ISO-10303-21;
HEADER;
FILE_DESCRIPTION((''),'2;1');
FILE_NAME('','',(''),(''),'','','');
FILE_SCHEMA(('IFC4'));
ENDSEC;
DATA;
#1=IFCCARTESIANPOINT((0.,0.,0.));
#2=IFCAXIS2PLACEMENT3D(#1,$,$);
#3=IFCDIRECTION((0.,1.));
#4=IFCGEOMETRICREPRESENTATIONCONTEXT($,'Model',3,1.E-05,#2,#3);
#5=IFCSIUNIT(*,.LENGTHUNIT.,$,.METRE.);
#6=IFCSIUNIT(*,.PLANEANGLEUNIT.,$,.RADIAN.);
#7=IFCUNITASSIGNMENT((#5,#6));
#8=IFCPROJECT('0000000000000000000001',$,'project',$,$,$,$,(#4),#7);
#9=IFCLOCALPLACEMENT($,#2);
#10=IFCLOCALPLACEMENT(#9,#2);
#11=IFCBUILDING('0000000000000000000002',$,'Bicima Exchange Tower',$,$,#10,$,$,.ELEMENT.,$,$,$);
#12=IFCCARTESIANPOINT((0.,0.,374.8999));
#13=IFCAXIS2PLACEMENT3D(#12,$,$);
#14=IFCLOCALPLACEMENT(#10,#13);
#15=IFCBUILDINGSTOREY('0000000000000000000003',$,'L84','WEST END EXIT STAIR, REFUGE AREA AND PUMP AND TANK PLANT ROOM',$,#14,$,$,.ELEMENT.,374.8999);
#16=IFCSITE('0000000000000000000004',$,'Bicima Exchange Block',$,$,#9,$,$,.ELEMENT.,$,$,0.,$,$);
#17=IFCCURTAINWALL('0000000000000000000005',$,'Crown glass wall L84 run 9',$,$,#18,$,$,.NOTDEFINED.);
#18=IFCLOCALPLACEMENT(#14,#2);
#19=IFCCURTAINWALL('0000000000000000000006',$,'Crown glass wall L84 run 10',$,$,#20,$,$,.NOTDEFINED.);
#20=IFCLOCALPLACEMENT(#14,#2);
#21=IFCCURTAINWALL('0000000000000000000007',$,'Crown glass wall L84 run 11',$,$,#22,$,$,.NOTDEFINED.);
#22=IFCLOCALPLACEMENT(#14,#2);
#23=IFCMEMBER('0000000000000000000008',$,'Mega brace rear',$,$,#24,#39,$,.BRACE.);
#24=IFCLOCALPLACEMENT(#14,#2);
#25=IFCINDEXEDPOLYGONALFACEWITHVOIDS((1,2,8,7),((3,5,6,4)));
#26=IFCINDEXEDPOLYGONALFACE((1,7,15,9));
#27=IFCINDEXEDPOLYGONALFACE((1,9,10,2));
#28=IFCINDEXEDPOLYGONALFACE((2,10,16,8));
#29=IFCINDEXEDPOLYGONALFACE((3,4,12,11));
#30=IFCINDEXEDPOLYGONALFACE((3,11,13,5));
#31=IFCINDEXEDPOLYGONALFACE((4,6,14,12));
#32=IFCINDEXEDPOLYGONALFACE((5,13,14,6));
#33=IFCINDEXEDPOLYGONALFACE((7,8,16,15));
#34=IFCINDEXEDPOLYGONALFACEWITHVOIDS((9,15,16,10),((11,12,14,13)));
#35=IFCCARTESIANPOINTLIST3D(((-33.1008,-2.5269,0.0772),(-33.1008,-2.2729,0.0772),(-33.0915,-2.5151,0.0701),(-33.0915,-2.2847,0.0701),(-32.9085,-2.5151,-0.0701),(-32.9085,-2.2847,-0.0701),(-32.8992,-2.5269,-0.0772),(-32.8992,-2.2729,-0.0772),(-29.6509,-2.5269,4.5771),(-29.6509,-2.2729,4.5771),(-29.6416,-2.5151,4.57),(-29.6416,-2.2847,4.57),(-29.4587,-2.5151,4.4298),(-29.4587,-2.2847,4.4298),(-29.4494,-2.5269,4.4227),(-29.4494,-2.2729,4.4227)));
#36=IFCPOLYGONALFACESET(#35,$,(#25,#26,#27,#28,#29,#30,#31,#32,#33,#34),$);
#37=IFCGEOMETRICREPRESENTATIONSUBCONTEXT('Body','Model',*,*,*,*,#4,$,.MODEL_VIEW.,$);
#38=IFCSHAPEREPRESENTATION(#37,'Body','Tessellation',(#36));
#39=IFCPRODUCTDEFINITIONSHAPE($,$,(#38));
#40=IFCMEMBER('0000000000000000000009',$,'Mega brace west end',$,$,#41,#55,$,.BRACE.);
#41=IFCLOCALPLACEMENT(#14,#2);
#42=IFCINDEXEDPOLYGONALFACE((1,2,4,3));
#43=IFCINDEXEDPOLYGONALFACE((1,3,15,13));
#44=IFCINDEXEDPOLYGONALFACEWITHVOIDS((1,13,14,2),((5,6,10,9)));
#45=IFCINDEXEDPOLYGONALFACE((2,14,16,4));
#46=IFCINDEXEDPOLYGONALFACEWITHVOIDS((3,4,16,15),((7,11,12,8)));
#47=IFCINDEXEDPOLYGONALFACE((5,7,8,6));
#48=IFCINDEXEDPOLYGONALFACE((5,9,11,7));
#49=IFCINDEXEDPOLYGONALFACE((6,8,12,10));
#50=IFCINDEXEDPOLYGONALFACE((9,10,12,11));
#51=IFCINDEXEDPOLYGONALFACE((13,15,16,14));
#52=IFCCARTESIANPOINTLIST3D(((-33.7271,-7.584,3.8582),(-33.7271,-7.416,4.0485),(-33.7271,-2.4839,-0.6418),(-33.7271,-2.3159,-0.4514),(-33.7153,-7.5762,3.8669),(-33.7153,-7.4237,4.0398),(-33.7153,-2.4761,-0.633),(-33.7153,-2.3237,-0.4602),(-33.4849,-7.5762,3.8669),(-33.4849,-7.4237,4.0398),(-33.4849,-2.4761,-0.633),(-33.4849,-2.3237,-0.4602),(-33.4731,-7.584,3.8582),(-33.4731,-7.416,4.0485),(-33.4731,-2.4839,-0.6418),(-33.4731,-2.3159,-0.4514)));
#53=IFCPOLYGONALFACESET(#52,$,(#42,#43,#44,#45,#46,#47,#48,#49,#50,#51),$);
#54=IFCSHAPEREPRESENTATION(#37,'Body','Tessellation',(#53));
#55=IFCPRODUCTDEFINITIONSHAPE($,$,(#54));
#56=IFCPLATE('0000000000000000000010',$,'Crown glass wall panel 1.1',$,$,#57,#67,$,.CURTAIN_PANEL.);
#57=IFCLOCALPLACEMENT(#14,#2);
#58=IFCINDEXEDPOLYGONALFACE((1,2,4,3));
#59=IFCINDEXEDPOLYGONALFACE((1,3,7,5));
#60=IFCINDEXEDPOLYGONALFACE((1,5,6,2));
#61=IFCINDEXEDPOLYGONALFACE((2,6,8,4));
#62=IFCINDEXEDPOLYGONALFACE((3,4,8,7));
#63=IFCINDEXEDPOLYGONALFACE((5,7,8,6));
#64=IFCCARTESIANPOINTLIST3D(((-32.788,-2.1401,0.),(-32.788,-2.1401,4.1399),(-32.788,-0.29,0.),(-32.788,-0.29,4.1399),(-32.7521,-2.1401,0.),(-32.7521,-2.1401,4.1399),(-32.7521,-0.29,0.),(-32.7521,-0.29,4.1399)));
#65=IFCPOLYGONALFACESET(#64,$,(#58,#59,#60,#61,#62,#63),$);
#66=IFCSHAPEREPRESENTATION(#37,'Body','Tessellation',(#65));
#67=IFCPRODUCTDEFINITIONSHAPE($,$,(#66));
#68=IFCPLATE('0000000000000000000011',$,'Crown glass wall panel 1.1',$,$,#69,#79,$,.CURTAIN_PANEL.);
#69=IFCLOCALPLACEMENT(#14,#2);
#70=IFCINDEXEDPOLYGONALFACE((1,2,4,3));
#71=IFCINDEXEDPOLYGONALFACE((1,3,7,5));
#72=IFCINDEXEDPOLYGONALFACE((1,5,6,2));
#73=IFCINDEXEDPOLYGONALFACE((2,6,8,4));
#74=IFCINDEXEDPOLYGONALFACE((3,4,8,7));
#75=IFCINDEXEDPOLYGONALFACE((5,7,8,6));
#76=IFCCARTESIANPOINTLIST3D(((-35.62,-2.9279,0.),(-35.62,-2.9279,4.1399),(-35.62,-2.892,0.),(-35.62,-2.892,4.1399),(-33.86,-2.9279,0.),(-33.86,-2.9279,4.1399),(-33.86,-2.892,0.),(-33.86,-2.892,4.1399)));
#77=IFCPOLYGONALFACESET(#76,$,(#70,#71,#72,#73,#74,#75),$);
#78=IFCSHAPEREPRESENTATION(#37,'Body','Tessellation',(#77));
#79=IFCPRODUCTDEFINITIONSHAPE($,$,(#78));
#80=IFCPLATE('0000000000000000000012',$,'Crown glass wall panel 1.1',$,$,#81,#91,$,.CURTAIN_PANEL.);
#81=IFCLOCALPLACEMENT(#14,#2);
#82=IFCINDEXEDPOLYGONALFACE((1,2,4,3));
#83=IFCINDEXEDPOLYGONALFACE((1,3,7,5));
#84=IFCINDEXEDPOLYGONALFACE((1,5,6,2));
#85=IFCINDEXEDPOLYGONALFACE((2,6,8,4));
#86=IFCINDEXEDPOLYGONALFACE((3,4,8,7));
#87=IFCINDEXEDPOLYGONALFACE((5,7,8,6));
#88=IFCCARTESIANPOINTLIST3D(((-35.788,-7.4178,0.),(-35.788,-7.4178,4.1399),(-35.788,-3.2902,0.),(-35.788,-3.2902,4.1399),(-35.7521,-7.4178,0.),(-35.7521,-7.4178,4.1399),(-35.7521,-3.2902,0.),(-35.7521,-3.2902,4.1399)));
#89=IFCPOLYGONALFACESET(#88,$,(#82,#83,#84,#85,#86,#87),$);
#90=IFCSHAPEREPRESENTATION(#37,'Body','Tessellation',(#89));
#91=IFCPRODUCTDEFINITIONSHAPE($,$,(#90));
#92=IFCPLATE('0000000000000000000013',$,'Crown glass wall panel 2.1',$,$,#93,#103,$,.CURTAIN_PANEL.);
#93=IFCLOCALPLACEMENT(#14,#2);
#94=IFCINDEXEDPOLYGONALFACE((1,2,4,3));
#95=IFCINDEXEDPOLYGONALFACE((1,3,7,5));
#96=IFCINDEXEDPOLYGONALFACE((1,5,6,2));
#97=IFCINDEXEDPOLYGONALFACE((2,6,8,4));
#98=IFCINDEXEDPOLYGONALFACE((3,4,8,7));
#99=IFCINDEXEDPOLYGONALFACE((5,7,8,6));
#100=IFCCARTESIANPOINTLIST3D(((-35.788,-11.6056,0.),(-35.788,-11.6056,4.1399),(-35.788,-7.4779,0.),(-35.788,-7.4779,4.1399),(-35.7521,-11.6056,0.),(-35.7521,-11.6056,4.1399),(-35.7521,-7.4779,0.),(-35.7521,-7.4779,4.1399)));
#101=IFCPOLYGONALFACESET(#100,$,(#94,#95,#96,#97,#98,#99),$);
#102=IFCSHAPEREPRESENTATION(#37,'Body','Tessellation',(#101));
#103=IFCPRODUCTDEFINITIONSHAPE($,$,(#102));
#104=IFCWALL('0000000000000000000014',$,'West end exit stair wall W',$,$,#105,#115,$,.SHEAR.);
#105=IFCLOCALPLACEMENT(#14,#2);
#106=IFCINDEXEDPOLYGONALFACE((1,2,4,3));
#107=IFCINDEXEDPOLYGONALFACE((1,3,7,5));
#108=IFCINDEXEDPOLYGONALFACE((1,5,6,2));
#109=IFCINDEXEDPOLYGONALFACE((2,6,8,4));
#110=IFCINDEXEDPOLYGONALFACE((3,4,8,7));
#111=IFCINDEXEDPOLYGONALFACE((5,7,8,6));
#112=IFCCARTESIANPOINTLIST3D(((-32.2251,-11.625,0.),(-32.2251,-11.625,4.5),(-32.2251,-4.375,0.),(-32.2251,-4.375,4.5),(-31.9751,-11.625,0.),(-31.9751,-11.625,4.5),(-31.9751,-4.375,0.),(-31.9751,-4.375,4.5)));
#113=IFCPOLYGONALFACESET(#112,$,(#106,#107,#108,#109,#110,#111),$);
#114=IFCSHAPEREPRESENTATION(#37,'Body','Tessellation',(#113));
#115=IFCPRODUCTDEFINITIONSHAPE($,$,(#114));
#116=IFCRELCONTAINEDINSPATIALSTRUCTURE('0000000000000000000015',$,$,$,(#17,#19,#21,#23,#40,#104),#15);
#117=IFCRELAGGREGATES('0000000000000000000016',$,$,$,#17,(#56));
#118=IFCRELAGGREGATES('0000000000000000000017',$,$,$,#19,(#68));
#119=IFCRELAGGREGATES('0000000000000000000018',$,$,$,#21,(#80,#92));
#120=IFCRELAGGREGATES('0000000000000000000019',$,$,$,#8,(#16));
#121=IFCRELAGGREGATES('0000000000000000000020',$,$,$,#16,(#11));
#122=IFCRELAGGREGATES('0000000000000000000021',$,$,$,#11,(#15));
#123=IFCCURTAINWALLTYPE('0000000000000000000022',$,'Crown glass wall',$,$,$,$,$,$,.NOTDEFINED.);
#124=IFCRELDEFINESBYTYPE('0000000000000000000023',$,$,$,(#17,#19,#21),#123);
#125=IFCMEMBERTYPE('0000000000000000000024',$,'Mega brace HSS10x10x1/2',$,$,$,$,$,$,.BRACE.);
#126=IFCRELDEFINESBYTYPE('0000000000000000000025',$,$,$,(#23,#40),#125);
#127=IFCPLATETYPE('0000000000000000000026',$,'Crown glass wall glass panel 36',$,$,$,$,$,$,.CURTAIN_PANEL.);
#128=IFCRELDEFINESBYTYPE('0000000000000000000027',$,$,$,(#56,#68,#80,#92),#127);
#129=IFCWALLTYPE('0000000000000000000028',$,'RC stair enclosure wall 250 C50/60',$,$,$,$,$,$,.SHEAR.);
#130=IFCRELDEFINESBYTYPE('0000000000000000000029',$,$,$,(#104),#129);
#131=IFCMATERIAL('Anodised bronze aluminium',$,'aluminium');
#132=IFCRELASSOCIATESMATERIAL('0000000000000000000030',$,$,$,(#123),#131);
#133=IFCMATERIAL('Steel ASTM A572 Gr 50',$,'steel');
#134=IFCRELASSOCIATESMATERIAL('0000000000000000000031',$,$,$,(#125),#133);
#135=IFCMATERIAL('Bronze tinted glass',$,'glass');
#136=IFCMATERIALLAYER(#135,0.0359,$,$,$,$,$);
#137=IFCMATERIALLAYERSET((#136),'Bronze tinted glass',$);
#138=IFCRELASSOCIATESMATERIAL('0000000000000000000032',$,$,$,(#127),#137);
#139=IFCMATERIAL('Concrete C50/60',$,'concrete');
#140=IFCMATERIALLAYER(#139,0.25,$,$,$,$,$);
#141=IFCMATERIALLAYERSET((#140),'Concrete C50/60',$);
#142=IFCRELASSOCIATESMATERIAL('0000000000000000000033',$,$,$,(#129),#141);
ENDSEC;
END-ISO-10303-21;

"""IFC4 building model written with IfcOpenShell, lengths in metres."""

from ifc_helpers import new_model, si_unit, direction, frame, frame_2d, origin, origin_2d, place, context, subcontext, project, spatial, rectangle, hollow_rectangle, extrude, material, layer, layer_set, material_profile, profile_set, type_object, element, aggregate, save


model = new_model("IFC4")

# Units and contexts
model_context = context("Model", 3, precision=1e-05, world=origin(), true_north=direction((0.0, 1.0)))
body_context = subcontext(model_context, "Body", "Model", "MODEL_VIEW")
ifc_project = project(units=[si_unit("LENGTHUNIT", "METRE"), si_unit("PLANEANGLEUNIT", "RADIAN")], contexts=[model_context])

# Site, building, storey
site_placement = place(None, origin())
site = spatial("IfcSite", under=ifc_project, at=site_placement, Name="Bicima Exchange Block", CompositionType="ELEMENT", RefElevation=0.0)
building_placement = place(site_placement, origin())
building = spatial("IfcBuilding", under=site, at=building_placement, Name="Bicima Exchange Tower", CompositionType="ELEMENT")
storey_placement = place(building_placement, frame((0.0, 0.0, 374.8999)))
storey = spatial("IfcBuildingStorey", under=building, at=storey_placement, Name="L84", Description="WEST END EXIT STAIR, REFUGE AREA AND PUMP AND TANK PLANT ROOM", CompositionType="ELEMENT", Elevation=374.8999)

# Shared definitions
ifc_material_1 = material(Name="Steel ASTM A572 Gr 50", Category="steel")

# Shared definitions
ifc_material_2 = material(Name="Anodised bronze aluminium", Category="aluminium")
curtain_wall_type = type_object("IfcCurtainWallType", Name="Crown glass wall", PredefinedType="NOTDEFINED", material=ifc_material_2)

# Curtain walls
curtain_wall_1_placement = place(storey_placement, origin())
curtain_wall_1 = element("IfcCurtainWall", 1, at=curtain_wall_1_placement, inside=storey, type_object=curtain_wall_type, Name="Crown glass wall L84 run 9", PredefinedType="NOTDEFINED")
curtain_wall_2_placement = place(storey_placement, origin())
curtain_wall_2 = element("IfcCurtainWall", 2, at=curtain_wall_2_placement, inside=storey, type_object=curtain_wall_type, Name="Crown glass wall L84 run 10", PredefinedType="NOTDEFINED")
curtain_wall_3_placement = place(storey_placement, origin())
curtain_wall_3 = element("IfcCurtainWall", 3, at=curtain_wall_3_placement, inside=storey, type_object=curtain_wall_type, Name="Crown glass wall L84 run 11", PredefinedType="NOTDEFINED")

# Members
ifc_material_profile_1 = material_profile(ifc_material_1, hollow_rectangle(XDim=0.2539, YDim=0.2539, WallThickness=0.0117, at=origin_2d()))
ifc_profile_set_1 = profile_set([ifc_material_profile_1], Name="Steel ASTM A572 Gr 50")
member_type_1 = type_object("IfcMemberType", Name="Mega brace HSS10x10x1/2", PredefinedType="BRACE", material=ifc_profile_set_1)
member_1_placement = place(storey_placement, frame((-33.0, -2.3999, 0.0), z_axis=(0.608426, 0.0, 0.793611), x_axis=(0.0, 1.0, 0.0)))
element("IfcMember", 4, at=member_1_placement, inside=storey, type_object=member_type_1, Name="Mega brace rear", PredefinedType="BRACE", context=body_context, shape_type="SweptSolid", body=[
    extrude(hollow_rectangle(XDim=0.2539, YDim=0.2539, WallThickness=0.0117, at=origin_2d()), origin(), (0.0, 0.0, 1.0), 5.6702),
])
member_2_placement = place(storey_placement, frame((-33.6001, -2.3999, -0.5466), z_axis=(0.0, -0.749844, 0.661615), x_axis=(1.0, 0.0, 0.0)))
element("IfcMember", 5, at=member_2_placement, inside=storey, type_object=member_type_1, Name="Mega brace west end", PredefinedType="BRACE", context=body_context, shape_type="SweptSolid", body=[
    extrude(hollow_rectangle(XDim=0.2539, YDim=0.2539, WallThickness=0.0117, at=origin_2d()), origin(), (0.0, 0.0, 1.0), 6.8015),
])

# Plates
ifc_material_3 = material(Name="Bronze tinted glass", Category="glass")
ifc_layer_1 = layer(ifc_material_3, 0.0359)
ifc_layer_set_1 = layer_set([ifc_layer_1], Name="Bronze tinted glass")
plate_type = type_object("IfcPlateType", Name="Crown glass wall glass panel 36", PredefinedType="CURTAIN_PANEL", material=ifc_layer_set_1)
plate_1_placement = place(storey_placement, frame((-32.77, -1.2151, 0.0), z_axis=(0.0, 0.0, 1.0), x_axis=(0.0, -1.0, 0.0)))
plate_1 = element("IfcPlate", 6, at=plate_1_placement, type_object=plate_type, Name="Crown glass wall panel 1.1", PredefinedType="CURTAIN_PANEL", context=body_context, shape_type="SweptSolid", body=[
    extrude(rectangle(XDim=1.8501, YDim=0.0359, at=origin_2d()), origin(), (0.0, 0.0, 1.0), 4.1399),
])
aggregate(curtain_wall_1, [plate_1])
plate_2_placement = place(storey_placement, frame((-34.74, -2.9099, 0.0), z_axis=(0.0, 0.0, 1.0), x_axis=(-1.0, 0.0, 0.0)))
plate_2 = element("IfcPlate", 7, at=plate_2_placement, type_object=plate_type, Name="Crown glass wall panel 1.1", PredefinedType="CURTAIN_PANEL", context=body_context, shape_type="SweptSolid", body=[
    extrude(rectangle(XDim=1.76, YDim=0.0359, at=origin_2d()), origin(), (0.0, 0.0, 1.0), 4.1399),
])
aggregate(curtain_wall_2, [plate_2])
plate_3_placement = place(storey_placement, frame((-35.77, -5.354, 0.0), z_axis=(0.0, 0.0, 1.0), x_axis=(0.0, -1.0, 0.0)))
plate_3 = element("IfcPlate", 8, at=plate_3_placement, type_object=plate_type, Name="Crown glass wall panel 1.1", PredefinedType="CURTAIN_PANEL", context=body_context, shape_type="SweptSolid", body=[
    extrude(rectangle(XDim=4.1277, YDim=0.0359, at=origin_2d()), origin(), (0.0, 0.0, 1.0), 4.1399),
])
plate_4_placement = place(storey_placement, frame((-35.77, -9.5417, 0.0), z_axis=(0.0, 0.0, 1.0), x_axis=(0.0, -1.0, 0.0)))
plate_4 = element("IfcPlate", 9, at=plate_4_placement, type_object=plate_type, Name="Crown glass wall panel 2.1", PredefinedType="CURTAIN_PANEL", context=body_context, shape_type="SweptSolid", body=[
    extrude(rectangle(XDim=4.1277, YDim=0.0359, at=origin_2d()), origin(), (0.0, 0.0, 1.0), 4.1399),
])
aggregate(curtain_wall_3, [plate_3, plate_4])

# Wall
ifc_material_4 = material(Name="Concrete C50/60", Category="concrete")
ifc_layer_2 = layer(ifc_material_4, 0.25)
ifc_layer_set_2 = layer_set([ifc_layer_2], Name="Concrete C50/60")
wall_type = type_object("IfcWallType", Name="RC stair enclosure wall 250 C50/60", PredefinedType="SHEAR", material=ifc_layer_set_2)
wall_placement = place(storey_placement, frame((-32.1001, -11.625, 0.0), z_axis=(0.0, 0.0, 1.0), x_axis=(0.0, 1.0, 0.0)))
element("IfcWall", 10, at=wall_placement, inside=storey, type_object=wall_type, Name="West end exit stair wall W", PredefinedType="SHEAR", context=body_context, shape_type="SweptSolid", body=[
    extrude(rectangle(XDim=7.25, YDim=0.25, at=frame_2d((3.625, 0.0))), origin(), (0.0, 0.0, 1.0), 4.5),
])

save(model, "model.ifc")
